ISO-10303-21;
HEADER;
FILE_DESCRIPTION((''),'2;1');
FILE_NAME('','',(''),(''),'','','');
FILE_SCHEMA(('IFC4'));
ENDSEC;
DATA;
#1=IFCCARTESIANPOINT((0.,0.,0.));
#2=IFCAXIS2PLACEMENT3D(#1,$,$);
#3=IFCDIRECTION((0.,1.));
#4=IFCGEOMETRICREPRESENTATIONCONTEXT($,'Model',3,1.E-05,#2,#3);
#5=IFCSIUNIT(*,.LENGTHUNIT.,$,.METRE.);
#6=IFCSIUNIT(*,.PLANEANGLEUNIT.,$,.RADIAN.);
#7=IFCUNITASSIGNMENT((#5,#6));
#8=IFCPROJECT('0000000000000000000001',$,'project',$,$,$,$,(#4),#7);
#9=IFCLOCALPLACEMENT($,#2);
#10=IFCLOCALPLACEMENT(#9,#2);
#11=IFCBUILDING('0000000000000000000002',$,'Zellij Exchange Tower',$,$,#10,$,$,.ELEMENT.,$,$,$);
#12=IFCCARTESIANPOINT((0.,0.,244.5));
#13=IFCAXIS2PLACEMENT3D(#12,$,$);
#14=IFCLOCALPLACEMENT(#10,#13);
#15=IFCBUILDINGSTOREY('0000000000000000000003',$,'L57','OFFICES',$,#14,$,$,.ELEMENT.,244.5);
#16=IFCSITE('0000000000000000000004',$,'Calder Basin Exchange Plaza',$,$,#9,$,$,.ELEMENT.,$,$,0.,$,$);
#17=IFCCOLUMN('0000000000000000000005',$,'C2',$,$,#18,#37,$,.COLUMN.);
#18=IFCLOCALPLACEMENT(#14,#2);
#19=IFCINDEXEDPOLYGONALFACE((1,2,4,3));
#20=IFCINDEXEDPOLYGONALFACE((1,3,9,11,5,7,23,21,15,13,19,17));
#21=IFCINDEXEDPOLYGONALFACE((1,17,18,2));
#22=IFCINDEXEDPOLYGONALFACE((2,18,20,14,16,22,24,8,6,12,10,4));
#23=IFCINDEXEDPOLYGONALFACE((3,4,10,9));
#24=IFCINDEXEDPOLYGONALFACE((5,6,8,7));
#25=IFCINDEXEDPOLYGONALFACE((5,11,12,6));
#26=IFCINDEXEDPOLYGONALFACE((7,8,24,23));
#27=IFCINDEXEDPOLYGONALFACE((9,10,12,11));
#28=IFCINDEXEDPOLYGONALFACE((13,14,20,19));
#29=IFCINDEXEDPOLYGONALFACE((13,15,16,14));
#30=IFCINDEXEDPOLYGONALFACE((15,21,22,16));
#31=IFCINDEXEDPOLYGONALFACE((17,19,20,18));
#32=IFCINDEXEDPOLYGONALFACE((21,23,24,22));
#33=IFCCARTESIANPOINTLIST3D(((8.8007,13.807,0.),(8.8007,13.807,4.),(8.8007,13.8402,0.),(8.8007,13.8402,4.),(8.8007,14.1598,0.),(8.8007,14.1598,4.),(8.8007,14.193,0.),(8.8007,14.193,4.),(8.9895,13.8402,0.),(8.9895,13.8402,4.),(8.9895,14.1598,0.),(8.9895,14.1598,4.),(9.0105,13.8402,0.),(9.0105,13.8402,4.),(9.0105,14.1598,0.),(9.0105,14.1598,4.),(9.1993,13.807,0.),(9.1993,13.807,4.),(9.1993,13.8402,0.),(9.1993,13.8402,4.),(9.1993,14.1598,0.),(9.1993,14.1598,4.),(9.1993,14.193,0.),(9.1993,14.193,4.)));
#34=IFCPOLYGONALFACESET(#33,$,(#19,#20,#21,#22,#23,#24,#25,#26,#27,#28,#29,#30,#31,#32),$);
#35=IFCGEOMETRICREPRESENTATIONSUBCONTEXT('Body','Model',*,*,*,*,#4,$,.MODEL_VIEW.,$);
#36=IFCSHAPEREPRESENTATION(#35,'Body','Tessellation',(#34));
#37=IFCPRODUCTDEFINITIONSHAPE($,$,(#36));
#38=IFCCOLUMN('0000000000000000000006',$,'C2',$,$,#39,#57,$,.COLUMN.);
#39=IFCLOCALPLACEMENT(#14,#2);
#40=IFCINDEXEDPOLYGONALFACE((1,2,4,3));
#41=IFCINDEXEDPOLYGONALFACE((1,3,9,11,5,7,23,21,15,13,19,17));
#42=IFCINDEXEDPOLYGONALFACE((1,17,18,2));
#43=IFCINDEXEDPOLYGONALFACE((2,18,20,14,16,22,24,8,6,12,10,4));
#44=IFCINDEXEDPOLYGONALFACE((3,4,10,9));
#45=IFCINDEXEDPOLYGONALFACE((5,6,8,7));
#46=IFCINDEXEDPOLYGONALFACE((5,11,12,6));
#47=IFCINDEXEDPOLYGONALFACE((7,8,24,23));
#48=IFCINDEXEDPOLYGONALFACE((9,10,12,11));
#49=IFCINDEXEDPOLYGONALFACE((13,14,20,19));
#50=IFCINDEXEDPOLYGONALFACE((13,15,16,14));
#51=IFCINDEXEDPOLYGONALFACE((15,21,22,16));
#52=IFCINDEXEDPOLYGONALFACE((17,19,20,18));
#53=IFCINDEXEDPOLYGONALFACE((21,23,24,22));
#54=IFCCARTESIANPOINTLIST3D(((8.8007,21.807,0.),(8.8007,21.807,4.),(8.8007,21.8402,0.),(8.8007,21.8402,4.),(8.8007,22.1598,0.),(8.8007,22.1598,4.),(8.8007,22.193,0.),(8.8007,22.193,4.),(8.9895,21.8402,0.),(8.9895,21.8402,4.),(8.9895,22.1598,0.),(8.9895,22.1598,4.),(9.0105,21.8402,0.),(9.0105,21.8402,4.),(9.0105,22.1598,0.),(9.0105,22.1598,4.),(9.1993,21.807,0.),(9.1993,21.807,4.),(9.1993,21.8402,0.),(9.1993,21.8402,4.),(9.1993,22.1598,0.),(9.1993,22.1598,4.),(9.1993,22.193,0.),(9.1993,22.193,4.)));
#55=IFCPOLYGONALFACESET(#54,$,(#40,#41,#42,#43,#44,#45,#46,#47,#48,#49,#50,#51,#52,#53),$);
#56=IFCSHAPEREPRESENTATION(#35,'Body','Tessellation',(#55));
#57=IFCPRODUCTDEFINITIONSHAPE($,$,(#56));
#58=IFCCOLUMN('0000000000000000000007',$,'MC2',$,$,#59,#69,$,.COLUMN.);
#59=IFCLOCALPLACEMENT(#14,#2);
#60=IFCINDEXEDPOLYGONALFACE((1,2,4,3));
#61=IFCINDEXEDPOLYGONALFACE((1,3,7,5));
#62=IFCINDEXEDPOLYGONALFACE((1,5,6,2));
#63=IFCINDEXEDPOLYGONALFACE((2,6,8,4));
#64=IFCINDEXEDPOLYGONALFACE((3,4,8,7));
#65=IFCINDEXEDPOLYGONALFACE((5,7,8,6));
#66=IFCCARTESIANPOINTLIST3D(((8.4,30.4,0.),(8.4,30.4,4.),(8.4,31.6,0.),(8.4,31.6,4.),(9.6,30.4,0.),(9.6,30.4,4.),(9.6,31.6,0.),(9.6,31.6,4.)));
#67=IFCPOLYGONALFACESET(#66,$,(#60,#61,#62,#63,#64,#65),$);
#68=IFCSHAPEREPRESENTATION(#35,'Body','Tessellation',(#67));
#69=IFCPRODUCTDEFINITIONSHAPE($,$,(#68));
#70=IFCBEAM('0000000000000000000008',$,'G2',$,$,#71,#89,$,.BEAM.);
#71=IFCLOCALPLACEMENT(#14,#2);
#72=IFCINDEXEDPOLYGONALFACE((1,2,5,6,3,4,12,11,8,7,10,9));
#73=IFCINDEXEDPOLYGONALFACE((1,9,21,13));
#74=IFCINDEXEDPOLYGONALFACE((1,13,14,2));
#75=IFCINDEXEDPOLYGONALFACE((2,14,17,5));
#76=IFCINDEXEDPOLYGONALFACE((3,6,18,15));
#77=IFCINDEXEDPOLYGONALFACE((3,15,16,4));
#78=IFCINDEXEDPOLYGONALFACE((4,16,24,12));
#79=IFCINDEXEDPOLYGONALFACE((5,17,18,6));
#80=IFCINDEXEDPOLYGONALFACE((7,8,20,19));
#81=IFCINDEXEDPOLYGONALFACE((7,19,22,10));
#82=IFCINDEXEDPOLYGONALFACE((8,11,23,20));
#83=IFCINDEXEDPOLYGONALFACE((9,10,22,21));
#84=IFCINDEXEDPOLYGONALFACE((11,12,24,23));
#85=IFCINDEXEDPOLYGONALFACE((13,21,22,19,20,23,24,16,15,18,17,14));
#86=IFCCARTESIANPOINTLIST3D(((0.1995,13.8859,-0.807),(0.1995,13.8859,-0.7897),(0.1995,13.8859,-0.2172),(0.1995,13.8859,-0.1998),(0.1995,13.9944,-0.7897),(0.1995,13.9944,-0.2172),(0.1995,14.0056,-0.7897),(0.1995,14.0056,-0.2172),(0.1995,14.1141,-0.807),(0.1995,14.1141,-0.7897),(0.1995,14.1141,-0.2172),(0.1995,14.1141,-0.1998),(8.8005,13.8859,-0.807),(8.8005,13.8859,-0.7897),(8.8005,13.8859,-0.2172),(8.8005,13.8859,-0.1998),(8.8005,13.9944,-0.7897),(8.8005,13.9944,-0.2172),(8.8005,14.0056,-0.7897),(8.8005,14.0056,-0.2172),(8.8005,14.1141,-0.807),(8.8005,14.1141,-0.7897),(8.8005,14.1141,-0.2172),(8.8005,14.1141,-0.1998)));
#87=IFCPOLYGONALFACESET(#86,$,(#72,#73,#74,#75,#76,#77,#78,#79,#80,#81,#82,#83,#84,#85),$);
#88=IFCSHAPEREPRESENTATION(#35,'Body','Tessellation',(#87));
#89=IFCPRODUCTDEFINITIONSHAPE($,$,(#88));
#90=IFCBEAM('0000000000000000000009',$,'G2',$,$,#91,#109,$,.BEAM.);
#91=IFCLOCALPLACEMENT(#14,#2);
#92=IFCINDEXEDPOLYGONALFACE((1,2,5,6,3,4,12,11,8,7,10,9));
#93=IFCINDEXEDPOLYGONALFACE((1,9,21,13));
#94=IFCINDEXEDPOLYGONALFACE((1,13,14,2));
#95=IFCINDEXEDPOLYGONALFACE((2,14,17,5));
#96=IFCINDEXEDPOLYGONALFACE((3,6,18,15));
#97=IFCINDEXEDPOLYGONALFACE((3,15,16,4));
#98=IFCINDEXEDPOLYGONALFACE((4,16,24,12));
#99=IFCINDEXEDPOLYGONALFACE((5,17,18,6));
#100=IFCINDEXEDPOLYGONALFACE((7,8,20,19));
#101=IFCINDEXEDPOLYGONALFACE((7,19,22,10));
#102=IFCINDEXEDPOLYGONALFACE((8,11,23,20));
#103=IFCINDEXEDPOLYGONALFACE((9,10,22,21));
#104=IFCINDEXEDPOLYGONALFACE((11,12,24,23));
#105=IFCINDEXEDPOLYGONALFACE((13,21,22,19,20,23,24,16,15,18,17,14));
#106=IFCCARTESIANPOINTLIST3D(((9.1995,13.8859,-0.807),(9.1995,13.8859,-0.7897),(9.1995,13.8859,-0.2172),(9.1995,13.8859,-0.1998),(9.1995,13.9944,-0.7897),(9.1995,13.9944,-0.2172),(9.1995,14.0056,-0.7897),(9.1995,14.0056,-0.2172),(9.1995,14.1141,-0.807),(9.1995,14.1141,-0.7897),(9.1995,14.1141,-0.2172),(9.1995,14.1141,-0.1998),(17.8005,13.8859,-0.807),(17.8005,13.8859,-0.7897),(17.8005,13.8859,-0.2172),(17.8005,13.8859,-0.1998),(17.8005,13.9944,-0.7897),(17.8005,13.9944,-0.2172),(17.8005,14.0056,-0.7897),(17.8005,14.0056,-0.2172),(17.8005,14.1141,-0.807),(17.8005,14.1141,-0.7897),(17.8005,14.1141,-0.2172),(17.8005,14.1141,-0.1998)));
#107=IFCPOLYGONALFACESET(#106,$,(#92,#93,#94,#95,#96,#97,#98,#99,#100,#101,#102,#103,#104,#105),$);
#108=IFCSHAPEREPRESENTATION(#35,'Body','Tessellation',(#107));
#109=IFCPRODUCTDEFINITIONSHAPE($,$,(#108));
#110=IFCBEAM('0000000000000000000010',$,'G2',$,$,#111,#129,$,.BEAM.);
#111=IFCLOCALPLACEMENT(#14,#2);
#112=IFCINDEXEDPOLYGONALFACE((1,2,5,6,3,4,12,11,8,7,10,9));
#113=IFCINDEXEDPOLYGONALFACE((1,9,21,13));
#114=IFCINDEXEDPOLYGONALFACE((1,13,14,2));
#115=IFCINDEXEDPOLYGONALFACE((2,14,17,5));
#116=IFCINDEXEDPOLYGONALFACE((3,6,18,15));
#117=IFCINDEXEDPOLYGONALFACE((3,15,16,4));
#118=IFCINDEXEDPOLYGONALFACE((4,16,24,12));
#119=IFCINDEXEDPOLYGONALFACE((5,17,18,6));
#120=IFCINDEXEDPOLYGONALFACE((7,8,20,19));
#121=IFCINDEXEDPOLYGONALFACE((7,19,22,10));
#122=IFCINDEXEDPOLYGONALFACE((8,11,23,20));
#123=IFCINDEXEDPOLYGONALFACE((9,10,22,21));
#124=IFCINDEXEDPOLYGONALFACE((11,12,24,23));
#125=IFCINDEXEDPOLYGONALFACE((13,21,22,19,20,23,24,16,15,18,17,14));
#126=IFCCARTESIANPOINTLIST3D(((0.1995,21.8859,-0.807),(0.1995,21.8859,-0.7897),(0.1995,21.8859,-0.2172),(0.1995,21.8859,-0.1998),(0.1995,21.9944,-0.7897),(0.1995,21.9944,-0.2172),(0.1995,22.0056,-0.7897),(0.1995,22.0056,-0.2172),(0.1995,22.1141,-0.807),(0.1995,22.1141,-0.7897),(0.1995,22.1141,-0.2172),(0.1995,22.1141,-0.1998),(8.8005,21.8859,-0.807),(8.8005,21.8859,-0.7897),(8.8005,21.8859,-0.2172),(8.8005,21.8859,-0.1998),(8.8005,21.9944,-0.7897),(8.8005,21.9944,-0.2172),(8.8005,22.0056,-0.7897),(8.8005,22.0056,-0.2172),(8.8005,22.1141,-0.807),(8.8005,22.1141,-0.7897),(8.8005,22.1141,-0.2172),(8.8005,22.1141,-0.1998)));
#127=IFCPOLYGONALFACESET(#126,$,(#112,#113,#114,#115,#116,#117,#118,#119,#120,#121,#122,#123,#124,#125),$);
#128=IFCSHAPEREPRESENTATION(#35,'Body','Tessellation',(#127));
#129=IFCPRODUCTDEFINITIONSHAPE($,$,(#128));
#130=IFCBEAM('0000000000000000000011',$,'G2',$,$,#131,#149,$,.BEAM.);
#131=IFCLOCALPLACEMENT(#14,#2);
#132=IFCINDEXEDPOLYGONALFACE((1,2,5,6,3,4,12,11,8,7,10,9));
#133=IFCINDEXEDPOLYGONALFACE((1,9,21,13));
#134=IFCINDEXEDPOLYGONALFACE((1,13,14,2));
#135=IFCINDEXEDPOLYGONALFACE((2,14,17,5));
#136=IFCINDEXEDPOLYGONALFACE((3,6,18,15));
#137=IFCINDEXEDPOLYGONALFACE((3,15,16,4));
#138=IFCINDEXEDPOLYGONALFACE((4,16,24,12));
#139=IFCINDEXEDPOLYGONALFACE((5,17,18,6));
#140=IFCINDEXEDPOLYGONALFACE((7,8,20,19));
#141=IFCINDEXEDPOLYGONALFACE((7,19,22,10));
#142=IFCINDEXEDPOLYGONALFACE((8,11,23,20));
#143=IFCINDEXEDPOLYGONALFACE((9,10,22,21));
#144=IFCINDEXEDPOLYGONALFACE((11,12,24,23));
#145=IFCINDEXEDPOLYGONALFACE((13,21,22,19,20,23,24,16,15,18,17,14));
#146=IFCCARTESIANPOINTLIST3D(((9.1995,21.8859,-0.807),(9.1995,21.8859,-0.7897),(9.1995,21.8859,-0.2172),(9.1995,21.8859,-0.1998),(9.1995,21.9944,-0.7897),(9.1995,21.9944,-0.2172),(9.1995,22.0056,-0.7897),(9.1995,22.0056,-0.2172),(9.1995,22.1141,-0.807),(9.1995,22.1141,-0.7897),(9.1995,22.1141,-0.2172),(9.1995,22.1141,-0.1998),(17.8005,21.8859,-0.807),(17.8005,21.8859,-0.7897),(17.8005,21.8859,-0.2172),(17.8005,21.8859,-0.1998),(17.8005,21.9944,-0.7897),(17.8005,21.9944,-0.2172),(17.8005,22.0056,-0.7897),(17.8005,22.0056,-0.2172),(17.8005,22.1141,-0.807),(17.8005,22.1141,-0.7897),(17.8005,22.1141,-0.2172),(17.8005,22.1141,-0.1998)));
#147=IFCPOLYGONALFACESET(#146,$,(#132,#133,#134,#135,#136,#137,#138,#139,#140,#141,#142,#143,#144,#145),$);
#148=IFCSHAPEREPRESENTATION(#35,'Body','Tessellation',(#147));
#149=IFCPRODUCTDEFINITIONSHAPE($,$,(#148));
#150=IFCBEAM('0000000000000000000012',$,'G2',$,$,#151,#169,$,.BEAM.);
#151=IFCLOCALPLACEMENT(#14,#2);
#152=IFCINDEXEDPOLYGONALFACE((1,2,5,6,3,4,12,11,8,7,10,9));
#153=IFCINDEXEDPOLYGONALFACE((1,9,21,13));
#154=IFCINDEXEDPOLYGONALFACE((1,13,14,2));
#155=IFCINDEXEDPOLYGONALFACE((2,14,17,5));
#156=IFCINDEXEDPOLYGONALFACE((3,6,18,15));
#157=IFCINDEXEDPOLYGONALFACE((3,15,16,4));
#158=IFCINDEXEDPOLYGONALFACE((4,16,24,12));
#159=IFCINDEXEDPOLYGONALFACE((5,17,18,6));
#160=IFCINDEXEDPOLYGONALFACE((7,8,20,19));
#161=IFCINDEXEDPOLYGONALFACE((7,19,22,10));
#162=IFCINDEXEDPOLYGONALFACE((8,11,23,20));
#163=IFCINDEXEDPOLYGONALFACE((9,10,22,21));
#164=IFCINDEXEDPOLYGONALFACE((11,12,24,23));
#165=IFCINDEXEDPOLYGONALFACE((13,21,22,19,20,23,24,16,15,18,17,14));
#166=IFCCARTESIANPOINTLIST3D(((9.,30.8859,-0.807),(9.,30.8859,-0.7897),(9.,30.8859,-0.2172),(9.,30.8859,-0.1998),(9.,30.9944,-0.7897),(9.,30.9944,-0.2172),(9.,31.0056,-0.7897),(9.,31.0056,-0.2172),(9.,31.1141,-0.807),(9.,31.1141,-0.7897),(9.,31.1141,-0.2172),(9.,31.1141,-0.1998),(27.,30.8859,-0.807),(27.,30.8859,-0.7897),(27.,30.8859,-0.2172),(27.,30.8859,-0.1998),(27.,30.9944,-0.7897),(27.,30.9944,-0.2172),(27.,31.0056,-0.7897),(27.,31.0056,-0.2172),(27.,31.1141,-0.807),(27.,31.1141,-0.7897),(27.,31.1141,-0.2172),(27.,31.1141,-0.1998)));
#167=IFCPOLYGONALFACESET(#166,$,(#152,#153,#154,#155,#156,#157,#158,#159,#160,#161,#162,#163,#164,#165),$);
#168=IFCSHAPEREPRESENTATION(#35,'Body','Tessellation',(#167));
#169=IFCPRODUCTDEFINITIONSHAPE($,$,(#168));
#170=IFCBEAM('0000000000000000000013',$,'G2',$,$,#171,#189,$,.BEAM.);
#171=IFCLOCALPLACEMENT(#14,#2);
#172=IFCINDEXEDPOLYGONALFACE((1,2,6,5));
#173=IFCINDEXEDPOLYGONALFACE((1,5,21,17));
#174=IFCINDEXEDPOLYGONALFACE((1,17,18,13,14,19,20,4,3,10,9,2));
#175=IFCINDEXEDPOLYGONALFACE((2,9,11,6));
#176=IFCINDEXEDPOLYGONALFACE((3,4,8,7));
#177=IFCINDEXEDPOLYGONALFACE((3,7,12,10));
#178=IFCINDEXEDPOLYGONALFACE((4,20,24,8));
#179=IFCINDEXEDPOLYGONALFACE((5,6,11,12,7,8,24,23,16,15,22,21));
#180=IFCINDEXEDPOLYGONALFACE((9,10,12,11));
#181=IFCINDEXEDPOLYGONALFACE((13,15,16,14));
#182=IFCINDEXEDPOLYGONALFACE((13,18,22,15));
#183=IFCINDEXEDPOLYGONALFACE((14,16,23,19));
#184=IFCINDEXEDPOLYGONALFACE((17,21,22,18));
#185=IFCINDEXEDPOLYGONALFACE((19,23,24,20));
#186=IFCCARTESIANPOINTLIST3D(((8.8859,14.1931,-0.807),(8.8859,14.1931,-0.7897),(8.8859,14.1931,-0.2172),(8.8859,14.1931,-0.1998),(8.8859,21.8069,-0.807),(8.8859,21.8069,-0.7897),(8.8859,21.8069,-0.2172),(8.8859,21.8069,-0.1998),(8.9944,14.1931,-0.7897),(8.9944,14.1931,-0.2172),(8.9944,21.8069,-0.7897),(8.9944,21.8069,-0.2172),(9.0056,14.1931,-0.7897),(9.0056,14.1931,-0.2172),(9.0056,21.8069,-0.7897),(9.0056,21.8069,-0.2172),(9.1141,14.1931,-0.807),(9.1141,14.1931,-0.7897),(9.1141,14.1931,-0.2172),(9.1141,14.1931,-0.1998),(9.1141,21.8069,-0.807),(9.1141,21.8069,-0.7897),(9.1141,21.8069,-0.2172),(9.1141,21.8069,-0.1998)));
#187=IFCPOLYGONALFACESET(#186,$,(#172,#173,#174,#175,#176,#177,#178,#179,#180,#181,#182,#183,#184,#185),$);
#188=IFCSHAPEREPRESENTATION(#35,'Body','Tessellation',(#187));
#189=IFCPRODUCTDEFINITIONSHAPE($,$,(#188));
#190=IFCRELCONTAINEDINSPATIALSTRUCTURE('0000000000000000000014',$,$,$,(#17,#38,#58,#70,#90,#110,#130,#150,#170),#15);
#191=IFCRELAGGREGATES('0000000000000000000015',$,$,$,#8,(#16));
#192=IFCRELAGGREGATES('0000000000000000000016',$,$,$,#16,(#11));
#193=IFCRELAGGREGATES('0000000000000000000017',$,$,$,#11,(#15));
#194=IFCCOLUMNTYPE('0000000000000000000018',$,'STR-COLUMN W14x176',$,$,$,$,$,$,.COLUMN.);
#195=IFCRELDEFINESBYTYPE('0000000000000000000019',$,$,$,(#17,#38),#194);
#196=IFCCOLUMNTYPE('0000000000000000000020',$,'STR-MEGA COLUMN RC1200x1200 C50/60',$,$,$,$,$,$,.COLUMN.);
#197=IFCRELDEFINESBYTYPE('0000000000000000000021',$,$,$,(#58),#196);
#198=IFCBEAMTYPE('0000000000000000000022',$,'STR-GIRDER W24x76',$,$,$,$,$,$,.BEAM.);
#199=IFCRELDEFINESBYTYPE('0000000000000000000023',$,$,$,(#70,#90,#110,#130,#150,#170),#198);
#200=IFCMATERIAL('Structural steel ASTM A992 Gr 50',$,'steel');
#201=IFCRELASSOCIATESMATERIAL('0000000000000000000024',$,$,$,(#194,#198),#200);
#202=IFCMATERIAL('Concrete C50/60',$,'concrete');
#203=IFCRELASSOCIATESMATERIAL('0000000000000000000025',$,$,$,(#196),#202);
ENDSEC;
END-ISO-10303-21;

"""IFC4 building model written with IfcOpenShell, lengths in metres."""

from ifc_helpers import new_model, si_unit, direction, frame, origin, origin_2d, place, context, subcontext, project, spatial, rectangle, i_section, extrude, material, material_profile, profile_set, type_object, element, save


model = new_model("IFC4")

# Units and contexts
model_context = context("Model", 3, precision=1e-05, world=origin(), true_north=direction((0.0, 1.0)))
body_context = subcontext(model_context, "Body", "Model", "MODEL_VIEW")
ifc_project = project(units=[si_unit("LENGTHUNIT", "METRE"), si_unit("PLANEANGLEUNIT", "RADIAN")], contexts=[model_context])

# Site, building, storey
site_placement = place(None, origin())
site = spatial("IfcSite", under=ifc_project, at=site_placement, Name="Calder Basin Exchange Plaza", CompositionType="ELEMENT", RefElevation=0.0)
building_placement = place(site_placement, origin())
building = spatial("IfcBuilding", under=site, at=building_placement, Name="Zellij Exchange Tower", CompositionType="ELEMENT")
storey_placement = place(building_placement, frame((0.0, 0.0, 244.5)))
storey = spatial("IfcBuildingStorey", under=building, at=storey_placement, Name="L57", Description="OFFICES", CompositionType="ELEMENT", Elevation=244.5)

# Columns
ifc_material_1 = material(Name="Structural steel ASTM A992 Gr 50", Category="steel")
ifc_material_profile_1 = material_profile(ifc_material_1, i_section(OverallWidth=0.3987, OverallDepth=0.386, WebThickness=0.021, FlangeThickness=0.0332, at=origin_2d()), Name="W14x176")
ifc_profile_set_1 = profile_set([ifc_material_profile_1], Name="Structural steel ASTM A992 Gr 50")
column_type_1 = type_object("IfcColumnType", Name="STR-COLUMN W14x176", PredefinedType="COLUMN", material=ifc_profile_set_1)
for number, where, z_axis, x_axis, name in (
    (1, (9.0, 14.0, 0.0), (0.0, 0.0, 1.0), (1.0, 0.0, 0.0), "C2"),
    (2, (9.0, 22.0, 0.0), (0.0, 0.0, 1.0), (1.0, 0.0, 0.0), "C2"),
):
    element("IfcColumn", number, at=place(storey_placement, frame(where, z_axis=z_axis, x_axis=x_axis)), inside=storey, type_object=column_type_1, Name=name, PredefinedType="COLUMN", context=body_context, shape_type="SweptSolid", body=[
        extrude(i_section(OverallWidth=0.3987, OverallDepth=0.386, WebThickness=0.021, FlangeThickness=0.0332, at=origin_2d()), origin(), (0.0, 0.0, 1.0), 4.0),
    ])
ifc_material_2 = material(Name="Concrete C50/60", Category="concrete")
ifc_material_profile_2 = material_profile(ifc_material_2, rectangle(XDim=1.2, YDim=1.2, at=origin_2d()), Name="STR-MEGA COLUMN RC1200x1200 C50/60")
ifc_profile_set_2 = profile_set([ifc_material_profile_2], Name="Concrete C50/60")
column_type_2 = type_object("IfcColumnType", Name="STR-MEGA COLUMN RC1200x1200 C50/60", PredefinedType="COLUMN", material=ifc_profile_set_2)
column_placement = place(storey_placement, frame((9.0, 31.0, 0.0), z_axis=(0.0, 0.0, 1.0), x_axis=(1.0, 0.0, 0.0)))
element("IfcColumn", 3, at=column_placement, inside=storey, type_object=column_type_2, Name="MC2", PredefinedType="COLUMN", context=body_context, shape_type="SweptSolid", body=[
    extrude(rectangle(XDim=1.2, YDim=1.2, at=origin_2d()), origin(), (0.0, 0.0, 1.0), 4.0),
])

# Beams
ifc_material_profile_3 = material_profile(ifc_material_1, i_section(OverallWidth=0.2283, OverallDepth=0.6072, WebThickness=0.0112, FlangeThickness=0.0173, at=origin_2d()), Name="W24x76")
ifc_profile_set_3 = profile_set([ifc_material_profile_3], Name="Structural steel ASTM A992 Gr 50")
beam_type = type_object("IfcBeamType", Name="STR-GIRDER W24x76", PredefinedType="BEAM", material=ifc_profile_set_3)
for number, where, z_axis, x_axis, name in (
    (4, (0.1995, 14.0, -0.5034), (1.0, 0.0, 0.0), (0.0, 1.0, 0.0), "G2"),
    (5, (9.1995, 14.0, -0.5034), (1.0, 0.0, 0.0), (0.0, 1.0, 0.0), "G2"),
    (6, (0.1995, 22.0, -0.5034), (1.0, 0.0, 0.0), (0.0, 1.0, 0.0), "G2"),
    (7, (9.1995, 22.0, -0.5034), (1.0, 0.0, 0.0), (0.0, 1.0, 0.0), "G2"),
):
    element("IfcBeam", number, at=place(storey_placement, frame(where, z_axis=z_axis, x_axis=x_axis)), inside=storey, type_object=beam_type, Name=name, PredefinedType="BEAM", context=body_context, shape_type="SweptSolid", body=[
        extrude(i_section(OverallWidth=0.2283, OverallDepth=0.6072, WebThickness=0.0112, FlangeThickness=0.0173, at=origin_2d()), origin(), (0.0, 0.0, 1.0), 8.6011),
    ])
beam_1_placement = place(storey_placement, frame((9.0, 31.0, -0.5034), z_axis=(1.0, 0.0, 0.0), x_axis=(0.0, 1.0, 0.0)))
element("IfcBeam", 8, at=beam_1_placement, inside=storey, type_object=beam_type, Name="G2", PredefinedType="BEAM", context=body_context, shape_type="SweptSolid", body=[
    extrude(i_section(OverallWidth=0.2283, OverallDepth=0.6072, WebThickness=0.0112, FlangeThickness=0.0173, at=origin_2d()), origin(), (0.0, 0.0, 1.0), 18.0),
])
beam_2_placement = place(storey_placement, frame((9.0, 14.1931, -0.5034), z_axis=(0.0, 1.0, 0.0), x_axis=(-1.0, 0.0, 0.0)))
element("IfcBeam", 9, at=beam_2_placement, inside=storey, type_object=beam_type, Name="G2", PredefinedType="BEAM", context=body_context, shape_type="SweptSolid", body=[
    extrude(i_section(OverallWidth=0.2283, OverallDepth=0.6072, WebThickness=0.0112, FlangeThickness=0.0173, at=origin_2d()), origin(), (0.0, 0.0, 1.0), 7.6138),
])

save(model, "model.ifc")
